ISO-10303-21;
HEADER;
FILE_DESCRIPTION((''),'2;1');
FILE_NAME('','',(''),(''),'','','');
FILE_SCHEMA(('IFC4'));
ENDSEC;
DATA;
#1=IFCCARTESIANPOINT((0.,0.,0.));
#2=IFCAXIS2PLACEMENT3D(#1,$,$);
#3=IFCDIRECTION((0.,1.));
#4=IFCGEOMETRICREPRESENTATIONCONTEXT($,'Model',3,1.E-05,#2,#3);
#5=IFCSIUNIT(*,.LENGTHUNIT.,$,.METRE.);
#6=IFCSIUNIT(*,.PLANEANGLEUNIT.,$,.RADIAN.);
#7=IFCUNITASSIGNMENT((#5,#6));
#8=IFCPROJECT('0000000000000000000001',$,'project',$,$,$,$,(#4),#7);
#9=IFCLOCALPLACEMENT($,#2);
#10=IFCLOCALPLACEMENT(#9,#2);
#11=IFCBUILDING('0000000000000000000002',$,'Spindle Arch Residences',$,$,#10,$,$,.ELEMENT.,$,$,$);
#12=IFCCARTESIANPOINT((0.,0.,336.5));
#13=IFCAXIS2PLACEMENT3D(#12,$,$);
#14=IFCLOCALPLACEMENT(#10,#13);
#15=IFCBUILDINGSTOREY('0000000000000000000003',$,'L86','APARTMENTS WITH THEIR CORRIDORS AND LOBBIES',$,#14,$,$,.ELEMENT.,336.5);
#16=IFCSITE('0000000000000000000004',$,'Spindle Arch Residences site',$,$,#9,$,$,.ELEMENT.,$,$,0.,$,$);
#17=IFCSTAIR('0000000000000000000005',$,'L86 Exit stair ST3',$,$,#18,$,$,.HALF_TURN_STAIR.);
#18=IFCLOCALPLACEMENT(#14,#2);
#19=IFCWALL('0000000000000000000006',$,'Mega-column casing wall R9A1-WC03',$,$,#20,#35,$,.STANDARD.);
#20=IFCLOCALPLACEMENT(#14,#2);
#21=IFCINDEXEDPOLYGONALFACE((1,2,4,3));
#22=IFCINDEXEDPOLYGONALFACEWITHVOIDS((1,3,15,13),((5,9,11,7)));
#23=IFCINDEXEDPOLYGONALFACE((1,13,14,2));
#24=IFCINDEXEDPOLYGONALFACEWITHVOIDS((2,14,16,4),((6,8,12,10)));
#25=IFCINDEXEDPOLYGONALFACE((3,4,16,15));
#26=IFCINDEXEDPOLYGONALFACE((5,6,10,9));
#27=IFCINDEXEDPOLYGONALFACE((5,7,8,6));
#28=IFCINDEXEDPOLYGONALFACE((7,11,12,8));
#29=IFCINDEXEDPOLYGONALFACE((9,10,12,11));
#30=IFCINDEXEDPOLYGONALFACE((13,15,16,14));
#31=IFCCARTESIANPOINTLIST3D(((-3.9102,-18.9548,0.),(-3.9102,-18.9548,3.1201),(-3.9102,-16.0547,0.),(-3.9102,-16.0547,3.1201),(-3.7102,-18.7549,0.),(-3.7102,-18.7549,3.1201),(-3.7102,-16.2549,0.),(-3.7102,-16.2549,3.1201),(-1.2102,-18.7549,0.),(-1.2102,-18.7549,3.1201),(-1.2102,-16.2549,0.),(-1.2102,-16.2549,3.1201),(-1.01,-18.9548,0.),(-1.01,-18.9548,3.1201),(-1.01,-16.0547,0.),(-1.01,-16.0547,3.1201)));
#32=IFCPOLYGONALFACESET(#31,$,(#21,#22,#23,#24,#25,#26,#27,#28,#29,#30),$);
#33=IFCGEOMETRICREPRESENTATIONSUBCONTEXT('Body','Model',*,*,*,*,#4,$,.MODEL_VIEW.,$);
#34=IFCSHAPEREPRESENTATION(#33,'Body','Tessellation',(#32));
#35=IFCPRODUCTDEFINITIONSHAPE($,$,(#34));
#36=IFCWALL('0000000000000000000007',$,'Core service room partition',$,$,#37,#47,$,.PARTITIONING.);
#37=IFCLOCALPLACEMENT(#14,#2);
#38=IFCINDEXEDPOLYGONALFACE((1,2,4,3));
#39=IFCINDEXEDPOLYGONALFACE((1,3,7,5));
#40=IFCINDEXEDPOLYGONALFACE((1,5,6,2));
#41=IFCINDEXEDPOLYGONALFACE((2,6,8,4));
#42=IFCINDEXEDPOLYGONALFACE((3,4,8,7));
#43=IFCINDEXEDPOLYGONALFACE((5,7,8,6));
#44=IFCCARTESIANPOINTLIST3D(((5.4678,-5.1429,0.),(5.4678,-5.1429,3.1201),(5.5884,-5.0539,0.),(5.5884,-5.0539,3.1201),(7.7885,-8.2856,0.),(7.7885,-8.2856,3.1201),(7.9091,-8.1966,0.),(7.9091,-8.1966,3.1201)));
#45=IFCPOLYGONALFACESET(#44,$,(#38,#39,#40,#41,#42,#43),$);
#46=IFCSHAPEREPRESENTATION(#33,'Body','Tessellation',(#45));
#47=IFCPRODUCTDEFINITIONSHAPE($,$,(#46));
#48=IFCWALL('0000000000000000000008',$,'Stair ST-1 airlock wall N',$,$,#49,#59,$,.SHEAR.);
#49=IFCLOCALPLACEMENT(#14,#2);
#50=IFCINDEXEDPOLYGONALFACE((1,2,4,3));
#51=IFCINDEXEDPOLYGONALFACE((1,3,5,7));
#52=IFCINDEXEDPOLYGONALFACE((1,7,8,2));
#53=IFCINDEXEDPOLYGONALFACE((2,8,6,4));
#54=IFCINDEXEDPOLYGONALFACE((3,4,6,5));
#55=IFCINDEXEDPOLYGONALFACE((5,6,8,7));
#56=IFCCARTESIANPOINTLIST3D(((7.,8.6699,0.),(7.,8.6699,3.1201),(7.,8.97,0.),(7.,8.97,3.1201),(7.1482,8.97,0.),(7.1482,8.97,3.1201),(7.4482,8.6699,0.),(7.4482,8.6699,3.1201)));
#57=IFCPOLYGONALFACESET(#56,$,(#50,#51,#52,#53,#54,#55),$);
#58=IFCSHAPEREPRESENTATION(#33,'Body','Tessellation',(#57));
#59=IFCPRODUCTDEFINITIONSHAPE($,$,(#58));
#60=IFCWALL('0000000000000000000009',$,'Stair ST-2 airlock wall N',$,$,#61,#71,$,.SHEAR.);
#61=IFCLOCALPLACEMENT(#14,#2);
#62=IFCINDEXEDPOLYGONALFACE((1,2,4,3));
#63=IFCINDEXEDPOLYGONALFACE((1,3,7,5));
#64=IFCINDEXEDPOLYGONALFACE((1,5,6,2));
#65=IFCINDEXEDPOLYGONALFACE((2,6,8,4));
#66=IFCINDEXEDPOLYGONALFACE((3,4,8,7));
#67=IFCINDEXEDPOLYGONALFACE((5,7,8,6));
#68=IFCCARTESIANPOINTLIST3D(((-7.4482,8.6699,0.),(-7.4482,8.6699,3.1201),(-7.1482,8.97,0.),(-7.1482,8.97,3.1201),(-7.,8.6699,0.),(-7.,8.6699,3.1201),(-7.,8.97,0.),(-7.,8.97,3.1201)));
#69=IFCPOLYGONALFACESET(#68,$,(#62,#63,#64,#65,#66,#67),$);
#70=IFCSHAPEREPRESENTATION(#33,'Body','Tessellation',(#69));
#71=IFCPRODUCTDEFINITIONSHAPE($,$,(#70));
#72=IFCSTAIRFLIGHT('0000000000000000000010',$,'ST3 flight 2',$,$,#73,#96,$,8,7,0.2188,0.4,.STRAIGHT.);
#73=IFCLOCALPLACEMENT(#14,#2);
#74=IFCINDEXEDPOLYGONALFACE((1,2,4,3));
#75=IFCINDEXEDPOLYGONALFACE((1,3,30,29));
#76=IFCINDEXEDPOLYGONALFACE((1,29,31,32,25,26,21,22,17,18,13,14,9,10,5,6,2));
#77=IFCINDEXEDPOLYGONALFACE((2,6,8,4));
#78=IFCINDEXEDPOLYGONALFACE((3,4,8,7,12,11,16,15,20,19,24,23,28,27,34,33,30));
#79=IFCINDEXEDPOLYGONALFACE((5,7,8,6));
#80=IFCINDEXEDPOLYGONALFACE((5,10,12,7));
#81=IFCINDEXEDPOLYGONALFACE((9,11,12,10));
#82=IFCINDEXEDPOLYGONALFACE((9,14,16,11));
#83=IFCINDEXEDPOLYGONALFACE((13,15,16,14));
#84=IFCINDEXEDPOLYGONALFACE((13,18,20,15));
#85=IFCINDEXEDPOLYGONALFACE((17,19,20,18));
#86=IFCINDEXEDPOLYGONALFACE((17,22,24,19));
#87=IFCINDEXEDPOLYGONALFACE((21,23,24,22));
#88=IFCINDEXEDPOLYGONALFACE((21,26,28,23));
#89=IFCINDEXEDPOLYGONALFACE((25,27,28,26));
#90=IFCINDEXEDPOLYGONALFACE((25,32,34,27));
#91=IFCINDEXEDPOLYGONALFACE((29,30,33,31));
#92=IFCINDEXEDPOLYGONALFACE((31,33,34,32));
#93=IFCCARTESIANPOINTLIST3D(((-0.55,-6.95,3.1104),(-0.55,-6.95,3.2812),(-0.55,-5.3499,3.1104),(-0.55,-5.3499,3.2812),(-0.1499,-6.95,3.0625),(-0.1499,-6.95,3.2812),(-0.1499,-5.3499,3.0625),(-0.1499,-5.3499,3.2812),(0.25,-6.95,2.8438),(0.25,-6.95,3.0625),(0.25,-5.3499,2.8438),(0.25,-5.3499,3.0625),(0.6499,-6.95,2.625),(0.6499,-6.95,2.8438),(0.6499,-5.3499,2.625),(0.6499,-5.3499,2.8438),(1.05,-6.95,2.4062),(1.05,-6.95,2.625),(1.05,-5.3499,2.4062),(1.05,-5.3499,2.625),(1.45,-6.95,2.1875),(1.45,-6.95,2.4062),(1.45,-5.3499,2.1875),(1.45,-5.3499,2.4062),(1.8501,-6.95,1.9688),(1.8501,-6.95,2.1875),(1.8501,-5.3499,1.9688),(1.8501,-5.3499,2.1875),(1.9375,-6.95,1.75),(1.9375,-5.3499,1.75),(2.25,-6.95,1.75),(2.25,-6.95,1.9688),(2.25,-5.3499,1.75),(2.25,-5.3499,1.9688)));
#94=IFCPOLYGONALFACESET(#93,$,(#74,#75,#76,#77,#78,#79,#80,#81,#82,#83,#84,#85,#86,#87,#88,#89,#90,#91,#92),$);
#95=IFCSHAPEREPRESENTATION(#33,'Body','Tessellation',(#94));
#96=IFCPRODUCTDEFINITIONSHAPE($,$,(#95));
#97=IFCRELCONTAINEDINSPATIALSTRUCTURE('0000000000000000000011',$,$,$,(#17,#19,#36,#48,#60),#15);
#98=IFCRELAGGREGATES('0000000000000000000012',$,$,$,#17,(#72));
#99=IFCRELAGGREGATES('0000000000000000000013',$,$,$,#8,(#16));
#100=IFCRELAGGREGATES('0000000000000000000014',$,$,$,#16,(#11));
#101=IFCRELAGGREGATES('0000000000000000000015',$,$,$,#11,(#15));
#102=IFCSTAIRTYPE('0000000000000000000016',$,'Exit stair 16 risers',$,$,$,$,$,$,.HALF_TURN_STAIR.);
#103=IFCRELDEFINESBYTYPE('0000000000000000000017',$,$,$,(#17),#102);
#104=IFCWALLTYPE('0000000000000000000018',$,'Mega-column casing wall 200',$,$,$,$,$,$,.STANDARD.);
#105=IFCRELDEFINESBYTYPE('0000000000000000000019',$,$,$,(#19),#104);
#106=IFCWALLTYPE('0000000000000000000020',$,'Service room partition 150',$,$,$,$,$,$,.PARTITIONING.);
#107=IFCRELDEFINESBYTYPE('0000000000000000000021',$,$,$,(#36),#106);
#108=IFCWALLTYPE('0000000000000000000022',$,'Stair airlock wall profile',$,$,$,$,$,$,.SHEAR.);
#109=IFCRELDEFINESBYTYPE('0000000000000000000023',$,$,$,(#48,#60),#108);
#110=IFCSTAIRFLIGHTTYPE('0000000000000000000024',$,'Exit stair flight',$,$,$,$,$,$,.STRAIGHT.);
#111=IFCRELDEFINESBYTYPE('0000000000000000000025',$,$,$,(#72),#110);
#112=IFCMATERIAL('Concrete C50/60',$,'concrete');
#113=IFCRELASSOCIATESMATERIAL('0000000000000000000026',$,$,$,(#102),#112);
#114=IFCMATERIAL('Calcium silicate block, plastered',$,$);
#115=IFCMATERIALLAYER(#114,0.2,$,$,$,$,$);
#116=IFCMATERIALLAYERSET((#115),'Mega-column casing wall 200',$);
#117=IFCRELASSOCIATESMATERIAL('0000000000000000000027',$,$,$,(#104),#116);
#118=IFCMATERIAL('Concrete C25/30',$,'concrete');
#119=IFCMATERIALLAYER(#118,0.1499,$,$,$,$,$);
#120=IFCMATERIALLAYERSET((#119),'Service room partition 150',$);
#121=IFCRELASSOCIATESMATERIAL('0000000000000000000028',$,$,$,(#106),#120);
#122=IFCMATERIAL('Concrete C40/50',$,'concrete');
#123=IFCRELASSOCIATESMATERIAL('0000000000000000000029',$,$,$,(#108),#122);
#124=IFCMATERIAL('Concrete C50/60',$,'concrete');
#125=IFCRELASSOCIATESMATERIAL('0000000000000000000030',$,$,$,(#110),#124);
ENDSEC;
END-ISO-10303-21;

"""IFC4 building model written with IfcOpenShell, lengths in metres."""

from ifc_helpers import new_model, si_unit, direction, frame, frame_2d, origin, place, context, subcontext, project, spatial, polyline, rectangle, outline, extrude, material, layer, layer_set, type_object, element, aggregate, save


model = new_model("IFC4")

# Units and contexts
model_context = context("Model", 3, precision=1e-05, world=origin(), true_north=direction((0.0, 1.0)))
body_context = subcontext(model_context, "Body", "Model", "MODEL_VIEW")
ifc_project = project(units=[si_unit("LENGTHUNIT", "METRE"), si_unit("PLANEANGLEUNIT", "RADIAN")], contexts=[model_context])

# Site, building, storey
site_placement = place(None, origin())
site = spatial("IfcSite", under=ifc_project, at=site_placement, Name="Spindle Arch Residences site", CompositionType="ELEMENT", RefElevation=0.0)
building_placement = place(site_placement, origin())
building = spatial("IfcBuilding", under=site, at=building_placement, Name="Spindle Arch Residences", CompositionType="ELEMENT")
storey_placement = place(building_placement, frame((0.0, 0.0, 336.5)))
storey = spatial("IfcBuildingStorey", under=building, at=storey_placement, Name="L86", Description="APARTMENTS WITH THEIR CORRIDORS AND LOBBIES", CompositionType="ELEMENT", Elevation=336.5)

# Stair
ifc_material_1 = material(Name="Concrete C50/60", Category="concrete")
stair_type = type_object("IfcStairType", Name="Exit stair 16 risers", PredefinedType="HALF_TURN_STAIR", material=ifc_material_1)
stair_1_placement = place(storey_placement, origin())
stair_1 = element("IfcStair", 1, at=stair_1_placement, inside=storey, type_object=stair_type, Name="L86 Exit stair ST3", PredefinedType="HALF_TURN_STAIR")

# Walls
ifc_material_2 = material(Name="Calcium silicate block, plastered")
ifc_layer_1 = layer(ifc_material_2, 0.2)
ifc_layer_set_1 = layer_set([ifc_layer_1], Name="Mega-column casing wall 200")
wall_type_1 = type_object("IfcWallType", Name="Mega-column casing wall 200", PredefinedType="STANDARD", material=ifc_layer_set_1)
wall_1_placement = place(storey_placement, origin())
element("IfcWall", 2, at=wall_1_placement, inside=storey, type_object=wall_type_1, Name="Mega-column casing wall R9A1-WC03", PredefinedType="STANDARD", context=body_context, shape_type="SweptSolid", body=[
    extrude(outline(polyline([(-1.01, -16.0547), (-1.01, -18.9548), (-3.9102, -18.9548), (-3.9102, -16.0547), (-1.01, -16.0547)]), holes=[polyline([(-3.7102, -18.7549), (-1.2102, -18.7549), (-1.2102, -16.2549), (-3.7102, -16.2549), (-3.7102, -18.7549)])]), origin(), (0.0, 0.0, 1.0), 3.1201),
])
ifc_material_3 = material(Name="Concrete C25/30", Category="concrete")
ifc_layer_2 = layer(ifc_material_3, 0.1499)
ifc_layer_set_2 = layer_set([ifc_layer_2], Name="Service room partition 150")
wall_type_2 = type_object("IfcWallType", Name="Service room partition 150", PredefinedType="PARTITIONING", material=ifc_layer_set_2)
wall_2_placement = place(storey_placement, frame((5.5281, -5.0984, 0.0), z_axis=(0.0, 0.0, 1.0), x_axis=(0.594034, -0.80444, 0.0)))
element("IfcWall", 3, at=wall_2_placement, inside=storey, type_object=wall_type_2, Name="Core service room partition", PredefinedType="PARTITIONING", context=body_context, shape_type="SweptSolid", body=[
    extrude(rectangle(XDim=3.9067, YDim=0.1499, at=frame_2d((1.9534, 0.0))), origin(), (0.0, 0.0, 1.0), 3.1201),
])
ifc_material_4 = material(Name="Concrete C40/50", Category="concrete")
wall_type_3 = type_object("IfcWallType", Name="Stair airlock wall profile", PredefinedType="SHEAR", material=ifc_material_4)
wall_3_placement = place(storey_placement, origin())
element("IfcWall", 4, at=wall_3_placement, inside=storey, type_object=wall_type_3, Name="Stair ST-1 airlock wall N", PredefinedType="SHEAR", context=body_context, shape_type="SweptSolid", body=[
    extrude(outline(polyline([(7.4482, 8.6699), (7.0, 8.6699), (7.0, 8.97), (7.1482, 8.97), (7.4482, 8.6699)])), origin(), (0.0, 0.0, 1.0), 3.1201),
])
wall_4_placement = place(storey_placement, origin())
element("IfcWall", 5, at=wall_4_placement, inside=storey, type_object=wall_type_3, Name="Stair ST-2 airlock wall N", PredefinedType="SHEAR", context=body_context, shape_type="SweptSolid", body=[
    extrude(outline(polyline([(-7.1482, 8.97), (-7.0, 8.97), (-7.0, 8.6699), (-7.4482, 8.6699), (-7.1482, 8.97)])), origin(), (0.0, 0.0, 1.0), 3.1201),
])

# Stair flight
ifc_material_5 = material(Name="Concrete C50/60", Category="concrete")
stair_flight_type = type_object("IfcStairFlightType", Name="Exit stair flight", PredefinedType="STRAIGHT", material=ifc_material_5)
stair_flight_placement = place(storey_placement, frame((2.25, -6.1499, 1.75), z_axis=(0.0, 0.0, 1.0), x_axis=(-1.0, 0.0, 0.0)))
stair_flight = element("IfcStairFlight", 6, at=stair_flight_placement, type_object=stair_flight_type, Name="ST3 flight 2", NumberOfRisers=8, NumberOfTreads=7, PredefinedType="STRAIGHT", RiserHeight=0.2188, TreadLength=0.4, context=body_context, shape_type="SweptSolid", body=[
    extrude(outline(polyline([(0.0, 0.0), (0.0, 0.2188), (0.3999, 0.2188), (0.3999, 0.4375), (0.8, 0.4375), (0.8, 0.6562), (1.2, 0.6562), (1.2, 0.875), (1.6001, 0.875), (1.6001, 1.0938), (2.0, 1.0938), (2.0, 1.3125), (2.3999, 1.3125), (2.3999, 1.5312), (2.8, 1.5312), (2.8, 1.75), (2.8, 1.3604), (0.3125, 0.0), (0.0, 0.0)])), frame((0.0, 0.8, 0.0), z_axis=(0.0, -1.0, 0.0), x_axis=(1.0, 0.0, 0.0)), (0.0, 0.0, 1.0), 1.6001),
])
aggregate(stair_1, [stair_flight])

save(model, "model.ifc")
